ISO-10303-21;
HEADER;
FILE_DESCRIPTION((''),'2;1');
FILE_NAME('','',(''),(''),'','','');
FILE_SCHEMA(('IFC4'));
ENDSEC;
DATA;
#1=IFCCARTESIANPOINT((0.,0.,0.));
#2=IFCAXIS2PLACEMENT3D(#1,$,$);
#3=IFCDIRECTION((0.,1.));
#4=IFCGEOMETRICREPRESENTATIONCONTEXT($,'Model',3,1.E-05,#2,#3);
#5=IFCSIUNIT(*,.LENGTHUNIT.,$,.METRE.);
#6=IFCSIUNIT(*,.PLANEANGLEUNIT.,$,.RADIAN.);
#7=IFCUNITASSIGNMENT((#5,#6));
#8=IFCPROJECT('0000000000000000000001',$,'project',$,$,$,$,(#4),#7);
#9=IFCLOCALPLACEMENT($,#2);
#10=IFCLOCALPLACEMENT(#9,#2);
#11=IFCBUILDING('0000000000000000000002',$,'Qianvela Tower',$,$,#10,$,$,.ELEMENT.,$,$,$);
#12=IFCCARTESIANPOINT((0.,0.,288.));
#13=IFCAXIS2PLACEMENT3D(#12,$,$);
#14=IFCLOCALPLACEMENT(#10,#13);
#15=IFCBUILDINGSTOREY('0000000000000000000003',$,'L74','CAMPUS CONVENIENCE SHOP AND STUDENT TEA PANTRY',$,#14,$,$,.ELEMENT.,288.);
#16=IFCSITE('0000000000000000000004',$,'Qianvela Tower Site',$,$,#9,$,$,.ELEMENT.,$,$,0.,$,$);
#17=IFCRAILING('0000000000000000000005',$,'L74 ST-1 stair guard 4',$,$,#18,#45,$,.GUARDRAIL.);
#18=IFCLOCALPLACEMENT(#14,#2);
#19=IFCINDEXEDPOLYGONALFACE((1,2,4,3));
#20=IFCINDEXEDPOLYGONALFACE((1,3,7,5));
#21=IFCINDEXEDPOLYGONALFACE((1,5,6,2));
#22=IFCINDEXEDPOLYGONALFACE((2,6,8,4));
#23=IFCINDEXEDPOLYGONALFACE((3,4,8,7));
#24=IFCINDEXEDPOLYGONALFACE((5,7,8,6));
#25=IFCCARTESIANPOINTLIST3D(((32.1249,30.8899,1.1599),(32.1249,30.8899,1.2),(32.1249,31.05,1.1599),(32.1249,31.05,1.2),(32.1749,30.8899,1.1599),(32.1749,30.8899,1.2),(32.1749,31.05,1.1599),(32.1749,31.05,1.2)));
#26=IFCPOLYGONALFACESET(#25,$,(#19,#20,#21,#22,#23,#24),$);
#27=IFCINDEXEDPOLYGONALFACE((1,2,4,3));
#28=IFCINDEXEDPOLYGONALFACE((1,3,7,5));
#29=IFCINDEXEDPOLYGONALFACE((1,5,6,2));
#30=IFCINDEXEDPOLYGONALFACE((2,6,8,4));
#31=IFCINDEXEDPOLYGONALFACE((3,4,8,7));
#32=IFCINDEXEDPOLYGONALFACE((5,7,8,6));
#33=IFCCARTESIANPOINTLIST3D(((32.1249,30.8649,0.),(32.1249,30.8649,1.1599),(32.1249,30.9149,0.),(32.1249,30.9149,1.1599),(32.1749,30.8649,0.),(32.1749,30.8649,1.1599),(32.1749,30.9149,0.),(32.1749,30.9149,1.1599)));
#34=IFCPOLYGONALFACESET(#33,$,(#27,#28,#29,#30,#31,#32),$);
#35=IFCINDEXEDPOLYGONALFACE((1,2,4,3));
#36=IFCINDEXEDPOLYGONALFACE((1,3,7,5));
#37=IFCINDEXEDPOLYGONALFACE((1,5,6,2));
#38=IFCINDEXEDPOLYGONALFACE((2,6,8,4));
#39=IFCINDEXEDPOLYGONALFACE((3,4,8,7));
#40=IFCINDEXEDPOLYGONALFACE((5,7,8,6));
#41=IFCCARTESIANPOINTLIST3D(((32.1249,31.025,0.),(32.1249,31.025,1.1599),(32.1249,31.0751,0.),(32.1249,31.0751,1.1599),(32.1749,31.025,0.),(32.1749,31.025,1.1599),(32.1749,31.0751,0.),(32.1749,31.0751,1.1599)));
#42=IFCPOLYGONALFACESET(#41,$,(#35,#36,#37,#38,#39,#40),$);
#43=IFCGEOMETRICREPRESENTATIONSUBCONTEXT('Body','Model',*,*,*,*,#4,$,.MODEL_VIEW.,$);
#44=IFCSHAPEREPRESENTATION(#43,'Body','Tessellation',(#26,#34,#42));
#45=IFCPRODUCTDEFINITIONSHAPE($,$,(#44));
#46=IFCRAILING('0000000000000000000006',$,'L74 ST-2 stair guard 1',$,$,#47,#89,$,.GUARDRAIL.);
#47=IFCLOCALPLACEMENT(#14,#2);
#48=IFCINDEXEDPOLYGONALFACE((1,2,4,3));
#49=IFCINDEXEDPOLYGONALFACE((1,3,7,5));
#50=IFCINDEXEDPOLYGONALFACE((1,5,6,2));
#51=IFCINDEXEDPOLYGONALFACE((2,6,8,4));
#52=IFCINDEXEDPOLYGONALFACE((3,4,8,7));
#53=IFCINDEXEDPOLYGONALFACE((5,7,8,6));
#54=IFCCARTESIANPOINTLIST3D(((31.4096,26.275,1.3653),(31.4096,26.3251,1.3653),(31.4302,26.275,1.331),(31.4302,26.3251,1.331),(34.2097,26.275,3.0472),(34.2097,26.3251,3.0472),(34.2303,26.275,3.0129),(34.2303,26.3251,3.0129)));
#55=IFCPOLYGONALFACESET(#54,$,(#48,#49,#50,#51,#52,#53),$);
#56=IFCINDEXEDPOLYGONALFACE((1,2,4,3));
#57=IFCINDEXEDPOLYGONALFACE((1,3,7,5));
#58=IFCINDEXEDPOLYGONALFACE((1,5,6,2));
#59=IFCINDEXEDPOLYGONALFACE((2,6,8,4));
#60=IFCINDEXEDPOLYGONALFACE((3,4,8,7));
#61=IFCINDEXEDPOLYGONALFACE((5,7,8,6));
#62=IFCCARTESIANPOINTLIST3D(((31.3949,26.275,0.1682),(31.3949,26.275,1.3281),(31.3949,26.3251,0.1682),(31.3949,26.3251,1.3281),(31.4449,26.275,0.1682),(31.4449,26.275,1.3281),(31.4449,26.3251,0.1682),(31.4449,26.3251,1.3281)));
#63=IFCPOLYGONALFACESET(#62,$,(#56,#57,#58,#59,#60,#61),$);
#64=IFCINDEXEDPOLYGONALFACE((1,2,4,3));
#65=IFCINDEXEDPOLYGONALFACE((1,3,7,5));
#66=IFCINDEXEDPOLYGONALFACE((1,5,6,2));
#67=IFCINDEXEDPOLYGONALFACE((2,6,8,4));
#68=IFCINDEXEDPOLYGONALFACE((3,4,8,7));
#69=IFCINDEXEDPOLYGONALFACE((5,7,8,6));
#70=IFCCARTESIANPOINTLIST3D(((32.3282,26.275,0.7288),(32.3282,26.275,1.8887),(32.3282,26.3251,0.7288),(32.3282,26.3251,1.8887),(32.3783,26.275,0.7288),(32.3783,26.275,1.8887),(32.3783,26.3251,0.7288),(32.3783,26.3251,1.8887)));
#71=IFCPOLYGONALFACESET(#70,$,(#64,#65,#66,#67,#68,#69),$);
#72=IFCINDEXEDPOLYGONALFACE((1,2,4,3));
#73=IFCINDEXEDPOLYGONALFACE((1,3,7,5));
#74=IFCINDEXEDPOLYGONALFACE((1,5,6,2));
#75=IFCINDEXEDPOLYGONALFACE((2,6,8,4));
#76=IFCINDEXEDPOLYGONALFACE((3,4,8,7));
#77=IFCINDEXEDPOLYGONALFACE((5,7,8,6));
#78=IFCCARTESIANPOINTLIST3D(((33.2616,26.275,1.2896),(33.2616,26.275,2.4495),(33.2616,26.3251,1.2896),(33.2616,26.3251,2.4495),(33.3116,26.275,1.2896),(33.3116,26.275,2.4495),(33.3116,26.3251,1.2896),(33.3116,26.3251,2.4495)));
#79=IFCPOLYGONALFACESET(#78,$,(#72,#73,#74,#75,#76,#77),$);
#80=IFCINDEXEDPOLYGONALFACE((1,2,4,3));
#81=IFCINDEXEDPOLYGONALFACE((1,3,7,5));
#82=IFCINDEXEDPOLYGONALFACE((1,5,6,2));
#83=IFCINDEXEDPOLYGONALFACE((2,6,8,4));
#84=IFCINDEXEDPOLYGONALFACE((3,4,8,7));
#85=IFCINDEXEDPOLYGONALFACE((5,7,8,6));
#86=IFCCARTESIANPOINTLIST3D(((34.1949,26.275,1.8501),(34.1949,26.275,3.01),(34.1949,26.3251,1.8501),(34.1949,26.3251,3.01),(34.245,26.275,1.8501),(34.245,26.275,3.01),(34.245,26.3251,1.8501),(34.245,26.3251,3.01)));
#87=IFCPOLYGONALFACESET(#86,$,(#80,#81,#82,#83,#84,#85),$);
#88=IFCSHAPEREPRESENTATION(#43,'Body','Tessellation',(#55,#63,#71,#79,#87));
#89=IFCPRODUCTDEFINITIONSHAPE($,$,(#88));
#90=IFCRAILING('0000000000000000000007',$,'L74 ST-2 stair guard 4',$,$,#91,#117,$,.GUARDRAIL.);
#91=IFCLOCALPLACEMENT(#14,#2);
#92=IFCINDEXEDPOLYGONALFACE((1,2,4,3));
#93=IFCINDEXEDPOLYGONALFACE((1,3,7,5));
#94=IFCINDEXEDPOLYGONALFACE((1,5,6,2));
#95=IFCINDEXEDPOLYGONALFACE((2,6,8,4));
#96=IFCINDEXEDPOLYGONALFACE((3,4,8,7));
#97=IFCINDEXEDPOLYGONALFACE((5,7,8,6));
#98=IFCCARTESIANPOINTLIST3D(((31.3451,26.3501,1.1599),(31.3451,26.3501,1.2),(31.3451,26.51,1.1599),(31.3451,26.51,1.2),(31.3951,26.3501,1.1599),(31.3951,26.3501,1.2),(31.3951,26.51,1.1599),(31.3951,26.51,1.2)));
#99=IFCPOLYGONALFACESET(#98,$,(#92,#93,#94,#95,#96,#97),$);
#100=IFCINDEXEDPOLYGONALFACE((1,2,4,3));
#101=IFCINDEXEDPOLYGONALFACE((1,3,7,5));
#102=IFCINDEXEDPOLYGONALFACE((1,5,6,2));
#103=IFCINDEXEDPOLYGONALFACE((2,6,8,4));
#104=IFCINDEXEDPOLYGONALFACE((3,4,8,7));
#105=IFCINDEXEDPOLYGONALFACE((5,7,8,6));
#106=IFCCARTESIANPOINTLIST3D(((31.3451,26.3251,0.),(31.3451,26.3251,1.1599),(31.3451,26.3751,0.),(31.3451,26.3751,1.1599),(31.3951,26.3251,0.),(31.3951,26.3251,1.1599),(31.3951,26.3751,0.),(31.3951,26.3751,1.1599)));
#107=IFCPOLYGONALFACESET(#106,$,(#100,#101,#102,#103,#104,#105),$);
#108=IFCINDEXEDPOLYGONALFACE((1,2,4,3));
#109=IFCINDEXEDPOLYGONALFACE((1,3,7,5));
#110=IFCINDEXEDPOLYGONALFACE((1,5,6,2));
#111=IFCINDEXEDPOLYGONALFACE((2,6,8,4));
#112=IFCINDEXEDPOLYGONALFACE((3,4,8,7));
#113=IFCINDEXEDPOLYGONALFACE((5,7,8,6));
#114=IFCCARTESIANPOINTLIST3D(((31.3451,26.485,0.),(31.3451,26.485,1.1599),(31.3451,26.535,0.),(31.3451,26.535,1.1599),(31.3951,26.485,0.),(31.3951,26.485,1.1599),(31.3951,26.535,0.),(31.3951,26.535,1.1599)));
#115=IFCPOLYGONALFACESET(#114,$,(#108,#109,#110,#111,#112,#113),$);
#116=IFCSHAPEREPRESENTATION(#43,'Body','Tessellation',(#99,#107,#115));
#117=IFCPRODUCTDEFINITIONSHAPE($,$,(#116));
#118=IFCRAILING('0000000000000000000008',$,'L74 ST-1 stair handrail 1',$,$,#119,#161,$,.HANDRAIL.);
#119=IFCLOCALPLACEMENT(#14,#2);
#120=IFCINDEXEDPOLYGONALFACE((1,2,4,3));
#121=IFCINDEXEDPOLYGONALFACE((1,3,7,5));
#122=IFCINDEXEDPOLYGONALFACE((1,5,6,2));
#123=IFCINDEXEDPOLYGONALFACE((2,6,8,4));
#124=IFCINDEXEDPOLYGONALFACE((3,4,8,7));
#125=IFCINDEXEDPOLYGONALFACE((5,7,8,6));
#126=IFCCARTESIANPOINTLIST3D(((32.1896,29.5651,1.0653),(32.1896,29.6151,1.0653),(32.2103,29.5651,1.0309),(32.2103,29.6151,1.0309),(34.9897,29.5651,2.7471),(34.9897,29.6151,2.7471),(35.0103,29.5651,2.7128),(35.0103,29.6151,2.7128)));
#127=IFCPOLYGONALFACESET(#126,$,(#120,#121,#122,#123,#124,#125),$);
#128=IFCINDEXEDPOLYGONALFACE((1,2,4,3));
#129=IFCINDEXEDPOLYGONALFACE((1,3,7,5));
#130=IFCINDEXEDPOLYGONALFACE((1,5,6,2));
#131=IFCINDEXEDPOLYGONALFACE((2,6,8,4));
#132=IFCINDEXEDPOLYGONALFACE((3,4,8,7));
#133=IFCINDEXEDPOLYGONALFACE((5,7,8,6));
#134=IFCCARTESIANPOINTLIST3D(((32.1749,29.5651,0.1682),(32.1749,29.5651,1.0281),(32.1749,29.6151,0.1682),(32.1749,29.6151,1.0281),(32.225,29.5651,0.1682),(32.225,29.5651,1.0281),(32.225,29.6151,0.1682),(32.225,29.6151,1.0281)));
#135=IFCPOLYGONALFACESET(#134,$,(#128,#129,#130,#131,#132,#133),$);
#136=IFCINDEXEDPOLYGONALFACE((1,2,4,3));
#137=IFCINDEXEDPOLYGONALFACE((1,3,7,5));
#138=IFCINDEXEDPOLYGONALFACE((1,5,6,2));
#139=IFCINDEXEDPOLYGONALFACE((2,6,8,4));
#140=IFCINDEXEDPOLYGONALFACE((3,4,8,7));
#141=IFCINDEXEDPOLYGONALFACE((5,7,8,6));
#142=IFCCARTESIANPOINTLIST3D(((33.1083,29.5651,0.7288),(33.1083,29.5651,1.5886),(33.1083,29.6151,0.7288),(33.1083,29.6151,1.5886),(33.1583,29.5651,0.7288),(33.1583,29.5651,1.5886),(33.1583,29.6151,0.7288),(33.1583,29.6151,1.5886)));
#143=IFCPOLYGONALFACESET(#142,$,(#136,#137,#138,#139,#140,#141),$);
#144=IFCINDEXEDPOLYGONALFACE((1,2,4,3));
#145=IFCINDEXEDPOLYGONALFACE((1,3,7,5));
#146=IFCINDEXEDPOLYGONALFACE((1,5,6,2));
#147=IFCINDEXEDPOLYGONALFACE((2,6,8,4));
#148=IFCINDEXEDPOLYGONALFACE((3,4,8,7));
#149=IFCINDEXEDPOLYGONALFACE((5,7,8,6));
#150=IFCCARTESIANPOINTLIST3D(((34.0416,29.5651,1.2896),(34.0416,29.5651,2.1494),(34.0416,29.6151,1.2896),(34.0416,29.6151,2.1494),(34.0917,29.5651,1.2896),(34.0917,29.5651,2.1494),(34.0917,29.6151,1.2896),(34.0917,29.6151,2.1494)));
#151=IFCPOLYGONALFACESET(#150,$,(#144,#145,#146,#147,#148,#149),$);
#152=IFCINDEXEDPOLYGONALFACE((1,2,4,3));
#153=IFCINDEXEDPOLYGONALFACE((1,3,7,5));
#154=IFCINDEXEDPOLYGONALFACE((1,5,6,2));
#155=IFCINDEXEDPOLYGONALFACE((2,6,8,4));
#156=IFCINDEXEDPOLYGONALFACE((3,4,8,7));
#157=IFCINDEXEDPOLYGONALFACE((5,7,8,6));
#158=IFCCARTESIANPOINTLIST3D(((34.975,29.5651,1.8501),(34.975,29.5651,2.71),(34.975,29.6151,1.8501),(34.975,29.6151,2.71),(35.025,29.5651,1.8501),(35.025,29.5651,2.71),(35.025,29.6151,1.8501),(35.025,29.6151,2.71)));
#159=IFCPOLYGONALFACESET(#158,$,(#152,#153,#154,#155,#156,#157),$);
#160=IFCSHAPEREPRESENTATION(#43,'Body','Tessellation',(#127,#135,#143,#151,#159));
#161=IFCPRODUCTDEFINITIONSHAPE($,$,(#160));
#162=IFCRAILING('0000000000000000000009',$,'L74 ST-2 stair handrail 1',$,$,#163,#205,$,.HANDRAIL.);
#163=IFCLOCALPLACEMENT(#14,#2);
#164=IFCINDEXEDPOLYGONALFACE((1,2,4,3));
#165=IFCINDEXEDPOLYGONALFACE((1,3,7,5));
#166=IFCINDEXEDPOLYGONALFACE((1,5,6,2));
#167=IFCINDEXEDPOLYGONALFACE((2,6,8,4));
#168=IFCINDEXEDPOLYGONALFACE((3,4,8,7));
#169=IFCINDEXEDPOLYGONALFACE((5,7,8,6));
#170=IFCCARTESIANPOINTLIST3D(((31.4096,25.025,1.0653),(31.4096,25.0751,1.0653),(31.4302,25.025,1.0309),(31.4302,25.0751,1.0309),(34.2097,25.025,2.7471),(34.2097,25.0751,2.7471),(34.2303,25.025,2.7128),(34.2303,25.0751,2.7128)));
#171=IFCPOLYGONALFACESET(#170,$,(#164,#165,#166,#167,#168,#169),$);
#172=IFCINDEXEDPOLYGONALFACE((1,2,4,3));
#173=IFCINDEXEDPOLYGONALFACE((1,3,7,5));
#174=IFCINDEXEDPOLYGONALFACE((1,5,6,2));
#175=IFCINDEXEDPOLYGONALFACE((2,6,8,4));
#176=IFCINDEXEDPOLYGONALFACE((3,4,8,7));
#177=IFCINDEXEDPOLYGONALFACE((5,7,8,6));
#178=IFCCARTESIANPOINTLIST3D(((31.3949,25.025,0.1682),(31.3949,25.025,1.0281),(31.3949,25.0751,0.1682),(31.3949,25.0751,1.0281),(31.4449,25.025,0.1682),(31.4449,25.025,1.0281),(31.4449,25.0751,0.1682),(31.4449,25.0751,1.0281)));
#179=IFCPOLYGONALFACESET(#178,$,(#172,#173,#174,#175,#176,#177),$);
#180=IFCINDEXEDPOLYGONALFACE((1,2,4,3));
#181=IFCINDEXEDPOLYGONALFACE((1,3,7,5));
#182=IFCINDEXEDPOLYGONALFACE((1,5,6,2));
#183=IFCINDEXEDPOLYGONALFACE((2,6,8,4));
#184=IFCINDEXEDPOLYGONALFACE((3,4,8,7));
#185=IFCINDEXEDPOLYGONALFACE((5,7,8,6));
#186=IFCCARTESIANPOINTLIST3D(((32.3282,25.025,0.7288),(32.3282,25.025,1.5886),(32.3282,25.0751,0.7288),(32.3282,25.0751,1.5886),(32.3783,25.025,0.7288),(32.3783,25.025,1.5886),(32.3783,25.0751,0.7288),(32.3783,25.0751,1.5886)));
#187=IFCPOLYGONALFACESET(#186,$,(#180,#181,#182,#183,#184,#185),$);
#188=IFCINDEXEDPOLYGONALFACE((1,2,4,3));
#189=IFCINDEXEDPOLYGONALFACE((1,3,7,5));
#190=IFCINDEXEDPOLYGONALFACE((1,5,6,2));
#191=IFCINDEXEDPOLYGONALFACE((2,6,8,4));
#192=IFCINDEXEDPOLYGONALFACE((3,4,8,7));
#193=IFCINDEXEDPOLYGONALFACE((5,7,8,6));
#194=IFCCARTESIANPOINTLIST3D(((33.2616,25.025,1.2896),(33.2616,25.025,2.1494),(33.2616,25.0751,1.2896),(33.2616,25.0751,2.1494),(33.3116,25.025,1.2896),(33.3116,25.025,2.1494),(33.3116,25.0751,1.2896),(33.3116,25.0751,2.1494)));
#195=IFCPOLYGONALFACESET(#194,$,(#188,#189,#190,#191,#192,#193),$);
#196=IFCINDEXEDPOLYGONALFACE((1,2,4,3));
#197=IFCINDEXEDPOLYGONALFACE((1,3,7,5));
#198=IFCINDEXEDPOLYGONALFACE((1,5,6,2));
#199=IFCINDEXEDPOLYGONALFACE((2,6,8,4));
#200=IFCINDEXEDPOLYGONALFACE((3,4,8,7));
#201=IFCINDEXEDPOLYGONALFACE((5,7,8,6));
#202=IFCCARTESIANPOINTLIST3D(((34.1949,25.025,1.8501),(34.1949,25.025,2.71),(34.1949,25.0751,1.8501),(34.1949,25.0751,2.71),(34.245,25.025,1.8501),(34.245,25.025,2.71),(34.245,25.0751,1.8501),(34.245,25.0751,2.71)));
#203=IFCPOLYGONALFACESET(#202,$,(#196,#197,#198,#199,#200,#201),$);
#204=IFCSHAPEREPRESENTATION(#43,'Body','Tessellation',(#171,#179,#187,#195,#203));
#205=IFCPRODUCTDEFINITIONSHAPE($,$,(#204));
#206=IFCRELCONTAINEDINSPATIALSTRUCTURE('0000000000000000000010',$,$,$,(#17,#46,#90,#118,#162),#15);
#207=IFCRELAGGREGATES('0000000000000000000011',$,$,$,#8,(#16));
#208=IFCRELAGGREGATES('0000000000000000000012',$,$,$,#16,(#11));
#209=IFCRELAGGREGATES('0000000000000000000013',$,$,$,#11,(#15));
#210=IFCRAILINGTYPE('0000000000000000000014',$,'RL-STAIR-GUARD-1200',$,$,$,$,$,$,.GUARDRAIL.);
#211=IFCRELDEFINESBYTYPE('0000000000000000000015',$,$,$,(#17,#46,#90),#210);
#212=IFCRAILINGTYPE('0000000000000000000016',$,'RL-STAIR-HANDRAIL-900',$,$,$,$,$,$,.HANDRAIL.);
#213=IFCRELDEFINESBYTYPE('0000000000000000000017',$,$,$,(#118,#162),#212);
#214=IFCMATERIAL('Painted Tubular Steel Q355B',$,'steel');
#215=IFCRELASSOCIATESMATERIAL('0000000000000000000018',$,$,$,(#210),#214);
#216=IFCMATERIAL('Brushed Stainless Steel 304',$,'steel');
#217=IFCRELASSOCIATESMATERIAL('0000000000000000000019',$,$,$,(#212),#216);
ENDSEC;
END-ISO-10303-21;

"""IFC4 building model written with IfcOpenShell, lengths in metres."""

from ifc_helpers import new_model, si_unit, direction, frame, origin, origin_2d, place, context, subcontext, project, spatial, rectangle, extrude, material, type_object, element, save


model = new_model("IFC4")

# Units and contexts
model_context = context("Model", 3, precision=1e-05, world=origin(), true_north=direction((0.0, 1.0)))
body_context = subcontext(model_context, "Body", "Model", "MODEL_VIEW")
ifc_project = project(units=[si_unit("LENGTHUNIT", "METRE"), si_unit("PLANEANGLEUNIT", "RADIAN")], contexts=[model_context])

# Site, building, storey
site_placement = place(None, origin())
site = spatial("IfcSite", under=ifc_project, at=site_placement, Name="Qianvela Tower Site", CompositionType="ELEMENT", RefElevation=0.0)
building_placement = place(site_placement, origin())
building = spatial("IfcBuilding", under=site, at=building_placement, Name="Qianvela Tower", CompositionType="ELEMENT")
storey_placement = place(building_placement, frame((0.0, 0.0, 288.0)))
storey = spatial("IfcBuildingStorey", under=building, at=storey_placement, Name="L74", Description="CAMPUS CONVENIENCE SHOP AND STUDENT TEA PANTRY", CompositionType="ELEMENT", Elevation=288.0)

# Railings
ifc_material_1 = material(Name="Painted Tubular Steel Q355B", Category="steel")
railing_type_1 = type_object("IfcRailingType", Name="RL-STAIR-GUARD-1200", PredefinedType="GUARDRAIL", material=ifc_material_1)
railing_1_placement = place(storey_placement, frame((32.1499, 30.8899, 0.0)))
element("IfcRailing", 1, at=railing_1_placement, inside=storey, type_object=railing_type_1, Name="L74 ST-1 stair guard 4", PredefinedType="GUARDRAIL", context=body_context, shape_type="SweptSolid", body=[
    extrude(rectangle(XDim=0.05, YDim=0.04, at=origin_2d()), frame((0.0, 0.0, 1.1799), z_axis=(0.0, 1.0, 0.0), x_axis=(-1.0, 0.0, 0.0)), (0.0, 0.0, 1.0), 0.1602),
    extrude(rectangle(XDim=0.05, YDim=0.05, at=origin_2d()), origin(), (0.0, 0.0, 1.0), 1.1599),
    extrude(rectangle(XDim=0.05, YDim=0.05, at=origin_2d()), frame((0.0, 0.1602, 0.0)), (0.0, 0.0, 1.0), 1.1599),
])
railing_2_placement = place(storey_placement, frame((31.4199, 26.3, 0.1682)))
element("IfcRailing", 2, at=railing_2_placement, inside=storey, type_object=railing_type_1, Name="L74 ST-2 stair guard 1", PredefinedType="GUARDRAIL", context=body_context, shape_type="SweptSolid", body=[
    extrude(rectangle(XDim=0.05, YDim=0.04, at=origin_2d()), frame((0.0, 0.0, 1.1799), z_axis=(0.857242, 0.0, 0.514913), x_axis=(0.0, 1.0, 0.0)), (0.0, 0.0, 1.0), 3.2664),
    extrude(rectangle(XDim=0.05, YDim=0.05, at=origin_2d()), origin(), (0.0, 0.0, 1.0), 1.1599),
    extrude(rectangle(XDim=0.05, YDim=0.05, at=origin_2d()), frame((0.9333, 0.0, 0.5605)), (0.0, 0.0, 1.0), 1.1599),
    extrude(rectangle(XDim=0.05, YDim=0.05, at=origin_2d()), frame((1.8667, 0.0, 1.1213)), (0.0, 0.0, 1.0), 1.1599),
    extrude(rectangle(XDim=0.05, YDim=0.05, at=origin_2d()), frame((2.8, 0.0, 1.6819)), (0.0, 0.0, 1.0), 1.1599),
])
railing_3_placement = place(storey_placement, frame((31.3701, 26.3501, 0.0)))
element("IfcRailing", 3, at=railing_3_placement, inside=storey, type_object=railing_type_1, Name="L74 ST-2 stair guard 4", PredefinedType="GUARDRAIL", context=body_context, shape_type="SweptSolid", body=[
    extrude(rectangle(XDim=0.05, YDim=0.04, at=origin_2d()), frame((0.0, 0.0, 1.1799), z_axis=(0.0, 1.0, 0.0), x_axis=(-1.0, 0.0, 0.0)), (0.0, 0.0, 1.0), 0.1599),
    extrude(rectangle(XDim=0.05, YDim=0.05, at=origin_2d()), origin(), (0.0, 0.0, 1.0), 1.1599),
    extrude(rectangle(XDim=0.05, YDim=0.05, at=origin_2d()), frame((0.0, 0.1599, 0.0)), (0.0, 0.0, 1.0), 1.1599),
])
ifc_material_2 = material(Name="Brushed Stainless Steel 304", Category="steel")
railing_type_2 = type_object("IfcRailingType", Name="RL-STAIR-HANDRAIL-900", PredefinedType="HANDRAIL", material=ifc_material_2)
for number, where, name in (
    (4, (32.2, 29.5901, 0.1682), "L74 ST-1 stair handrail 1"),
    (5, (31.4199, 25.05, 0.1682), "L74 ST-2 stair handrail 1"),
):
    element("IfcRailing", number, at=place(storey_placement, frame(where)), inside=storey, type_object=railing_type_2, Name=name, PredefinedType="HANDRAIL", context=body_context, shape_type="SweptSolid", body=[
        extrude(rectangle(XDim=0.05, YDim=0.04, at=origin_2d()), frame((0.0, 0.0, 0.8799), z_axis=(0.857242, 0.0, 0.514913), x_axis=(0.0, 1.0, 0.0)), (0.0, 0.0, 1.0), 3.2664),
        extrude(rectangle(XDim=0.05, YDim=0.05, at=origin_2d()), origin(), (0.0, 0.0, 1.0), 0.8599),
        extrude(rectangle(XDim=0.05, YDim=0.05, at=origin_2d()), frame((0.9333, 0.0, 0.5605)), (0.0, 0.0, 1.0), 0.8599),
        extrude(rectangle(XDim=0.05, YDim=0.05, at=origin_2d()), frame((1.8667, 0.0, 1.1213)), (0.0, 0.0, 1.0), 0.8599),
        extrude(rectangle(XDim=0.05, YDim=0.05, at=origin_2d()), frame((2.8, 0.0, 1.6819)), (0.0, 0.0, 1.0), 0.8599),
    ])

save(model, "model.ifc")
